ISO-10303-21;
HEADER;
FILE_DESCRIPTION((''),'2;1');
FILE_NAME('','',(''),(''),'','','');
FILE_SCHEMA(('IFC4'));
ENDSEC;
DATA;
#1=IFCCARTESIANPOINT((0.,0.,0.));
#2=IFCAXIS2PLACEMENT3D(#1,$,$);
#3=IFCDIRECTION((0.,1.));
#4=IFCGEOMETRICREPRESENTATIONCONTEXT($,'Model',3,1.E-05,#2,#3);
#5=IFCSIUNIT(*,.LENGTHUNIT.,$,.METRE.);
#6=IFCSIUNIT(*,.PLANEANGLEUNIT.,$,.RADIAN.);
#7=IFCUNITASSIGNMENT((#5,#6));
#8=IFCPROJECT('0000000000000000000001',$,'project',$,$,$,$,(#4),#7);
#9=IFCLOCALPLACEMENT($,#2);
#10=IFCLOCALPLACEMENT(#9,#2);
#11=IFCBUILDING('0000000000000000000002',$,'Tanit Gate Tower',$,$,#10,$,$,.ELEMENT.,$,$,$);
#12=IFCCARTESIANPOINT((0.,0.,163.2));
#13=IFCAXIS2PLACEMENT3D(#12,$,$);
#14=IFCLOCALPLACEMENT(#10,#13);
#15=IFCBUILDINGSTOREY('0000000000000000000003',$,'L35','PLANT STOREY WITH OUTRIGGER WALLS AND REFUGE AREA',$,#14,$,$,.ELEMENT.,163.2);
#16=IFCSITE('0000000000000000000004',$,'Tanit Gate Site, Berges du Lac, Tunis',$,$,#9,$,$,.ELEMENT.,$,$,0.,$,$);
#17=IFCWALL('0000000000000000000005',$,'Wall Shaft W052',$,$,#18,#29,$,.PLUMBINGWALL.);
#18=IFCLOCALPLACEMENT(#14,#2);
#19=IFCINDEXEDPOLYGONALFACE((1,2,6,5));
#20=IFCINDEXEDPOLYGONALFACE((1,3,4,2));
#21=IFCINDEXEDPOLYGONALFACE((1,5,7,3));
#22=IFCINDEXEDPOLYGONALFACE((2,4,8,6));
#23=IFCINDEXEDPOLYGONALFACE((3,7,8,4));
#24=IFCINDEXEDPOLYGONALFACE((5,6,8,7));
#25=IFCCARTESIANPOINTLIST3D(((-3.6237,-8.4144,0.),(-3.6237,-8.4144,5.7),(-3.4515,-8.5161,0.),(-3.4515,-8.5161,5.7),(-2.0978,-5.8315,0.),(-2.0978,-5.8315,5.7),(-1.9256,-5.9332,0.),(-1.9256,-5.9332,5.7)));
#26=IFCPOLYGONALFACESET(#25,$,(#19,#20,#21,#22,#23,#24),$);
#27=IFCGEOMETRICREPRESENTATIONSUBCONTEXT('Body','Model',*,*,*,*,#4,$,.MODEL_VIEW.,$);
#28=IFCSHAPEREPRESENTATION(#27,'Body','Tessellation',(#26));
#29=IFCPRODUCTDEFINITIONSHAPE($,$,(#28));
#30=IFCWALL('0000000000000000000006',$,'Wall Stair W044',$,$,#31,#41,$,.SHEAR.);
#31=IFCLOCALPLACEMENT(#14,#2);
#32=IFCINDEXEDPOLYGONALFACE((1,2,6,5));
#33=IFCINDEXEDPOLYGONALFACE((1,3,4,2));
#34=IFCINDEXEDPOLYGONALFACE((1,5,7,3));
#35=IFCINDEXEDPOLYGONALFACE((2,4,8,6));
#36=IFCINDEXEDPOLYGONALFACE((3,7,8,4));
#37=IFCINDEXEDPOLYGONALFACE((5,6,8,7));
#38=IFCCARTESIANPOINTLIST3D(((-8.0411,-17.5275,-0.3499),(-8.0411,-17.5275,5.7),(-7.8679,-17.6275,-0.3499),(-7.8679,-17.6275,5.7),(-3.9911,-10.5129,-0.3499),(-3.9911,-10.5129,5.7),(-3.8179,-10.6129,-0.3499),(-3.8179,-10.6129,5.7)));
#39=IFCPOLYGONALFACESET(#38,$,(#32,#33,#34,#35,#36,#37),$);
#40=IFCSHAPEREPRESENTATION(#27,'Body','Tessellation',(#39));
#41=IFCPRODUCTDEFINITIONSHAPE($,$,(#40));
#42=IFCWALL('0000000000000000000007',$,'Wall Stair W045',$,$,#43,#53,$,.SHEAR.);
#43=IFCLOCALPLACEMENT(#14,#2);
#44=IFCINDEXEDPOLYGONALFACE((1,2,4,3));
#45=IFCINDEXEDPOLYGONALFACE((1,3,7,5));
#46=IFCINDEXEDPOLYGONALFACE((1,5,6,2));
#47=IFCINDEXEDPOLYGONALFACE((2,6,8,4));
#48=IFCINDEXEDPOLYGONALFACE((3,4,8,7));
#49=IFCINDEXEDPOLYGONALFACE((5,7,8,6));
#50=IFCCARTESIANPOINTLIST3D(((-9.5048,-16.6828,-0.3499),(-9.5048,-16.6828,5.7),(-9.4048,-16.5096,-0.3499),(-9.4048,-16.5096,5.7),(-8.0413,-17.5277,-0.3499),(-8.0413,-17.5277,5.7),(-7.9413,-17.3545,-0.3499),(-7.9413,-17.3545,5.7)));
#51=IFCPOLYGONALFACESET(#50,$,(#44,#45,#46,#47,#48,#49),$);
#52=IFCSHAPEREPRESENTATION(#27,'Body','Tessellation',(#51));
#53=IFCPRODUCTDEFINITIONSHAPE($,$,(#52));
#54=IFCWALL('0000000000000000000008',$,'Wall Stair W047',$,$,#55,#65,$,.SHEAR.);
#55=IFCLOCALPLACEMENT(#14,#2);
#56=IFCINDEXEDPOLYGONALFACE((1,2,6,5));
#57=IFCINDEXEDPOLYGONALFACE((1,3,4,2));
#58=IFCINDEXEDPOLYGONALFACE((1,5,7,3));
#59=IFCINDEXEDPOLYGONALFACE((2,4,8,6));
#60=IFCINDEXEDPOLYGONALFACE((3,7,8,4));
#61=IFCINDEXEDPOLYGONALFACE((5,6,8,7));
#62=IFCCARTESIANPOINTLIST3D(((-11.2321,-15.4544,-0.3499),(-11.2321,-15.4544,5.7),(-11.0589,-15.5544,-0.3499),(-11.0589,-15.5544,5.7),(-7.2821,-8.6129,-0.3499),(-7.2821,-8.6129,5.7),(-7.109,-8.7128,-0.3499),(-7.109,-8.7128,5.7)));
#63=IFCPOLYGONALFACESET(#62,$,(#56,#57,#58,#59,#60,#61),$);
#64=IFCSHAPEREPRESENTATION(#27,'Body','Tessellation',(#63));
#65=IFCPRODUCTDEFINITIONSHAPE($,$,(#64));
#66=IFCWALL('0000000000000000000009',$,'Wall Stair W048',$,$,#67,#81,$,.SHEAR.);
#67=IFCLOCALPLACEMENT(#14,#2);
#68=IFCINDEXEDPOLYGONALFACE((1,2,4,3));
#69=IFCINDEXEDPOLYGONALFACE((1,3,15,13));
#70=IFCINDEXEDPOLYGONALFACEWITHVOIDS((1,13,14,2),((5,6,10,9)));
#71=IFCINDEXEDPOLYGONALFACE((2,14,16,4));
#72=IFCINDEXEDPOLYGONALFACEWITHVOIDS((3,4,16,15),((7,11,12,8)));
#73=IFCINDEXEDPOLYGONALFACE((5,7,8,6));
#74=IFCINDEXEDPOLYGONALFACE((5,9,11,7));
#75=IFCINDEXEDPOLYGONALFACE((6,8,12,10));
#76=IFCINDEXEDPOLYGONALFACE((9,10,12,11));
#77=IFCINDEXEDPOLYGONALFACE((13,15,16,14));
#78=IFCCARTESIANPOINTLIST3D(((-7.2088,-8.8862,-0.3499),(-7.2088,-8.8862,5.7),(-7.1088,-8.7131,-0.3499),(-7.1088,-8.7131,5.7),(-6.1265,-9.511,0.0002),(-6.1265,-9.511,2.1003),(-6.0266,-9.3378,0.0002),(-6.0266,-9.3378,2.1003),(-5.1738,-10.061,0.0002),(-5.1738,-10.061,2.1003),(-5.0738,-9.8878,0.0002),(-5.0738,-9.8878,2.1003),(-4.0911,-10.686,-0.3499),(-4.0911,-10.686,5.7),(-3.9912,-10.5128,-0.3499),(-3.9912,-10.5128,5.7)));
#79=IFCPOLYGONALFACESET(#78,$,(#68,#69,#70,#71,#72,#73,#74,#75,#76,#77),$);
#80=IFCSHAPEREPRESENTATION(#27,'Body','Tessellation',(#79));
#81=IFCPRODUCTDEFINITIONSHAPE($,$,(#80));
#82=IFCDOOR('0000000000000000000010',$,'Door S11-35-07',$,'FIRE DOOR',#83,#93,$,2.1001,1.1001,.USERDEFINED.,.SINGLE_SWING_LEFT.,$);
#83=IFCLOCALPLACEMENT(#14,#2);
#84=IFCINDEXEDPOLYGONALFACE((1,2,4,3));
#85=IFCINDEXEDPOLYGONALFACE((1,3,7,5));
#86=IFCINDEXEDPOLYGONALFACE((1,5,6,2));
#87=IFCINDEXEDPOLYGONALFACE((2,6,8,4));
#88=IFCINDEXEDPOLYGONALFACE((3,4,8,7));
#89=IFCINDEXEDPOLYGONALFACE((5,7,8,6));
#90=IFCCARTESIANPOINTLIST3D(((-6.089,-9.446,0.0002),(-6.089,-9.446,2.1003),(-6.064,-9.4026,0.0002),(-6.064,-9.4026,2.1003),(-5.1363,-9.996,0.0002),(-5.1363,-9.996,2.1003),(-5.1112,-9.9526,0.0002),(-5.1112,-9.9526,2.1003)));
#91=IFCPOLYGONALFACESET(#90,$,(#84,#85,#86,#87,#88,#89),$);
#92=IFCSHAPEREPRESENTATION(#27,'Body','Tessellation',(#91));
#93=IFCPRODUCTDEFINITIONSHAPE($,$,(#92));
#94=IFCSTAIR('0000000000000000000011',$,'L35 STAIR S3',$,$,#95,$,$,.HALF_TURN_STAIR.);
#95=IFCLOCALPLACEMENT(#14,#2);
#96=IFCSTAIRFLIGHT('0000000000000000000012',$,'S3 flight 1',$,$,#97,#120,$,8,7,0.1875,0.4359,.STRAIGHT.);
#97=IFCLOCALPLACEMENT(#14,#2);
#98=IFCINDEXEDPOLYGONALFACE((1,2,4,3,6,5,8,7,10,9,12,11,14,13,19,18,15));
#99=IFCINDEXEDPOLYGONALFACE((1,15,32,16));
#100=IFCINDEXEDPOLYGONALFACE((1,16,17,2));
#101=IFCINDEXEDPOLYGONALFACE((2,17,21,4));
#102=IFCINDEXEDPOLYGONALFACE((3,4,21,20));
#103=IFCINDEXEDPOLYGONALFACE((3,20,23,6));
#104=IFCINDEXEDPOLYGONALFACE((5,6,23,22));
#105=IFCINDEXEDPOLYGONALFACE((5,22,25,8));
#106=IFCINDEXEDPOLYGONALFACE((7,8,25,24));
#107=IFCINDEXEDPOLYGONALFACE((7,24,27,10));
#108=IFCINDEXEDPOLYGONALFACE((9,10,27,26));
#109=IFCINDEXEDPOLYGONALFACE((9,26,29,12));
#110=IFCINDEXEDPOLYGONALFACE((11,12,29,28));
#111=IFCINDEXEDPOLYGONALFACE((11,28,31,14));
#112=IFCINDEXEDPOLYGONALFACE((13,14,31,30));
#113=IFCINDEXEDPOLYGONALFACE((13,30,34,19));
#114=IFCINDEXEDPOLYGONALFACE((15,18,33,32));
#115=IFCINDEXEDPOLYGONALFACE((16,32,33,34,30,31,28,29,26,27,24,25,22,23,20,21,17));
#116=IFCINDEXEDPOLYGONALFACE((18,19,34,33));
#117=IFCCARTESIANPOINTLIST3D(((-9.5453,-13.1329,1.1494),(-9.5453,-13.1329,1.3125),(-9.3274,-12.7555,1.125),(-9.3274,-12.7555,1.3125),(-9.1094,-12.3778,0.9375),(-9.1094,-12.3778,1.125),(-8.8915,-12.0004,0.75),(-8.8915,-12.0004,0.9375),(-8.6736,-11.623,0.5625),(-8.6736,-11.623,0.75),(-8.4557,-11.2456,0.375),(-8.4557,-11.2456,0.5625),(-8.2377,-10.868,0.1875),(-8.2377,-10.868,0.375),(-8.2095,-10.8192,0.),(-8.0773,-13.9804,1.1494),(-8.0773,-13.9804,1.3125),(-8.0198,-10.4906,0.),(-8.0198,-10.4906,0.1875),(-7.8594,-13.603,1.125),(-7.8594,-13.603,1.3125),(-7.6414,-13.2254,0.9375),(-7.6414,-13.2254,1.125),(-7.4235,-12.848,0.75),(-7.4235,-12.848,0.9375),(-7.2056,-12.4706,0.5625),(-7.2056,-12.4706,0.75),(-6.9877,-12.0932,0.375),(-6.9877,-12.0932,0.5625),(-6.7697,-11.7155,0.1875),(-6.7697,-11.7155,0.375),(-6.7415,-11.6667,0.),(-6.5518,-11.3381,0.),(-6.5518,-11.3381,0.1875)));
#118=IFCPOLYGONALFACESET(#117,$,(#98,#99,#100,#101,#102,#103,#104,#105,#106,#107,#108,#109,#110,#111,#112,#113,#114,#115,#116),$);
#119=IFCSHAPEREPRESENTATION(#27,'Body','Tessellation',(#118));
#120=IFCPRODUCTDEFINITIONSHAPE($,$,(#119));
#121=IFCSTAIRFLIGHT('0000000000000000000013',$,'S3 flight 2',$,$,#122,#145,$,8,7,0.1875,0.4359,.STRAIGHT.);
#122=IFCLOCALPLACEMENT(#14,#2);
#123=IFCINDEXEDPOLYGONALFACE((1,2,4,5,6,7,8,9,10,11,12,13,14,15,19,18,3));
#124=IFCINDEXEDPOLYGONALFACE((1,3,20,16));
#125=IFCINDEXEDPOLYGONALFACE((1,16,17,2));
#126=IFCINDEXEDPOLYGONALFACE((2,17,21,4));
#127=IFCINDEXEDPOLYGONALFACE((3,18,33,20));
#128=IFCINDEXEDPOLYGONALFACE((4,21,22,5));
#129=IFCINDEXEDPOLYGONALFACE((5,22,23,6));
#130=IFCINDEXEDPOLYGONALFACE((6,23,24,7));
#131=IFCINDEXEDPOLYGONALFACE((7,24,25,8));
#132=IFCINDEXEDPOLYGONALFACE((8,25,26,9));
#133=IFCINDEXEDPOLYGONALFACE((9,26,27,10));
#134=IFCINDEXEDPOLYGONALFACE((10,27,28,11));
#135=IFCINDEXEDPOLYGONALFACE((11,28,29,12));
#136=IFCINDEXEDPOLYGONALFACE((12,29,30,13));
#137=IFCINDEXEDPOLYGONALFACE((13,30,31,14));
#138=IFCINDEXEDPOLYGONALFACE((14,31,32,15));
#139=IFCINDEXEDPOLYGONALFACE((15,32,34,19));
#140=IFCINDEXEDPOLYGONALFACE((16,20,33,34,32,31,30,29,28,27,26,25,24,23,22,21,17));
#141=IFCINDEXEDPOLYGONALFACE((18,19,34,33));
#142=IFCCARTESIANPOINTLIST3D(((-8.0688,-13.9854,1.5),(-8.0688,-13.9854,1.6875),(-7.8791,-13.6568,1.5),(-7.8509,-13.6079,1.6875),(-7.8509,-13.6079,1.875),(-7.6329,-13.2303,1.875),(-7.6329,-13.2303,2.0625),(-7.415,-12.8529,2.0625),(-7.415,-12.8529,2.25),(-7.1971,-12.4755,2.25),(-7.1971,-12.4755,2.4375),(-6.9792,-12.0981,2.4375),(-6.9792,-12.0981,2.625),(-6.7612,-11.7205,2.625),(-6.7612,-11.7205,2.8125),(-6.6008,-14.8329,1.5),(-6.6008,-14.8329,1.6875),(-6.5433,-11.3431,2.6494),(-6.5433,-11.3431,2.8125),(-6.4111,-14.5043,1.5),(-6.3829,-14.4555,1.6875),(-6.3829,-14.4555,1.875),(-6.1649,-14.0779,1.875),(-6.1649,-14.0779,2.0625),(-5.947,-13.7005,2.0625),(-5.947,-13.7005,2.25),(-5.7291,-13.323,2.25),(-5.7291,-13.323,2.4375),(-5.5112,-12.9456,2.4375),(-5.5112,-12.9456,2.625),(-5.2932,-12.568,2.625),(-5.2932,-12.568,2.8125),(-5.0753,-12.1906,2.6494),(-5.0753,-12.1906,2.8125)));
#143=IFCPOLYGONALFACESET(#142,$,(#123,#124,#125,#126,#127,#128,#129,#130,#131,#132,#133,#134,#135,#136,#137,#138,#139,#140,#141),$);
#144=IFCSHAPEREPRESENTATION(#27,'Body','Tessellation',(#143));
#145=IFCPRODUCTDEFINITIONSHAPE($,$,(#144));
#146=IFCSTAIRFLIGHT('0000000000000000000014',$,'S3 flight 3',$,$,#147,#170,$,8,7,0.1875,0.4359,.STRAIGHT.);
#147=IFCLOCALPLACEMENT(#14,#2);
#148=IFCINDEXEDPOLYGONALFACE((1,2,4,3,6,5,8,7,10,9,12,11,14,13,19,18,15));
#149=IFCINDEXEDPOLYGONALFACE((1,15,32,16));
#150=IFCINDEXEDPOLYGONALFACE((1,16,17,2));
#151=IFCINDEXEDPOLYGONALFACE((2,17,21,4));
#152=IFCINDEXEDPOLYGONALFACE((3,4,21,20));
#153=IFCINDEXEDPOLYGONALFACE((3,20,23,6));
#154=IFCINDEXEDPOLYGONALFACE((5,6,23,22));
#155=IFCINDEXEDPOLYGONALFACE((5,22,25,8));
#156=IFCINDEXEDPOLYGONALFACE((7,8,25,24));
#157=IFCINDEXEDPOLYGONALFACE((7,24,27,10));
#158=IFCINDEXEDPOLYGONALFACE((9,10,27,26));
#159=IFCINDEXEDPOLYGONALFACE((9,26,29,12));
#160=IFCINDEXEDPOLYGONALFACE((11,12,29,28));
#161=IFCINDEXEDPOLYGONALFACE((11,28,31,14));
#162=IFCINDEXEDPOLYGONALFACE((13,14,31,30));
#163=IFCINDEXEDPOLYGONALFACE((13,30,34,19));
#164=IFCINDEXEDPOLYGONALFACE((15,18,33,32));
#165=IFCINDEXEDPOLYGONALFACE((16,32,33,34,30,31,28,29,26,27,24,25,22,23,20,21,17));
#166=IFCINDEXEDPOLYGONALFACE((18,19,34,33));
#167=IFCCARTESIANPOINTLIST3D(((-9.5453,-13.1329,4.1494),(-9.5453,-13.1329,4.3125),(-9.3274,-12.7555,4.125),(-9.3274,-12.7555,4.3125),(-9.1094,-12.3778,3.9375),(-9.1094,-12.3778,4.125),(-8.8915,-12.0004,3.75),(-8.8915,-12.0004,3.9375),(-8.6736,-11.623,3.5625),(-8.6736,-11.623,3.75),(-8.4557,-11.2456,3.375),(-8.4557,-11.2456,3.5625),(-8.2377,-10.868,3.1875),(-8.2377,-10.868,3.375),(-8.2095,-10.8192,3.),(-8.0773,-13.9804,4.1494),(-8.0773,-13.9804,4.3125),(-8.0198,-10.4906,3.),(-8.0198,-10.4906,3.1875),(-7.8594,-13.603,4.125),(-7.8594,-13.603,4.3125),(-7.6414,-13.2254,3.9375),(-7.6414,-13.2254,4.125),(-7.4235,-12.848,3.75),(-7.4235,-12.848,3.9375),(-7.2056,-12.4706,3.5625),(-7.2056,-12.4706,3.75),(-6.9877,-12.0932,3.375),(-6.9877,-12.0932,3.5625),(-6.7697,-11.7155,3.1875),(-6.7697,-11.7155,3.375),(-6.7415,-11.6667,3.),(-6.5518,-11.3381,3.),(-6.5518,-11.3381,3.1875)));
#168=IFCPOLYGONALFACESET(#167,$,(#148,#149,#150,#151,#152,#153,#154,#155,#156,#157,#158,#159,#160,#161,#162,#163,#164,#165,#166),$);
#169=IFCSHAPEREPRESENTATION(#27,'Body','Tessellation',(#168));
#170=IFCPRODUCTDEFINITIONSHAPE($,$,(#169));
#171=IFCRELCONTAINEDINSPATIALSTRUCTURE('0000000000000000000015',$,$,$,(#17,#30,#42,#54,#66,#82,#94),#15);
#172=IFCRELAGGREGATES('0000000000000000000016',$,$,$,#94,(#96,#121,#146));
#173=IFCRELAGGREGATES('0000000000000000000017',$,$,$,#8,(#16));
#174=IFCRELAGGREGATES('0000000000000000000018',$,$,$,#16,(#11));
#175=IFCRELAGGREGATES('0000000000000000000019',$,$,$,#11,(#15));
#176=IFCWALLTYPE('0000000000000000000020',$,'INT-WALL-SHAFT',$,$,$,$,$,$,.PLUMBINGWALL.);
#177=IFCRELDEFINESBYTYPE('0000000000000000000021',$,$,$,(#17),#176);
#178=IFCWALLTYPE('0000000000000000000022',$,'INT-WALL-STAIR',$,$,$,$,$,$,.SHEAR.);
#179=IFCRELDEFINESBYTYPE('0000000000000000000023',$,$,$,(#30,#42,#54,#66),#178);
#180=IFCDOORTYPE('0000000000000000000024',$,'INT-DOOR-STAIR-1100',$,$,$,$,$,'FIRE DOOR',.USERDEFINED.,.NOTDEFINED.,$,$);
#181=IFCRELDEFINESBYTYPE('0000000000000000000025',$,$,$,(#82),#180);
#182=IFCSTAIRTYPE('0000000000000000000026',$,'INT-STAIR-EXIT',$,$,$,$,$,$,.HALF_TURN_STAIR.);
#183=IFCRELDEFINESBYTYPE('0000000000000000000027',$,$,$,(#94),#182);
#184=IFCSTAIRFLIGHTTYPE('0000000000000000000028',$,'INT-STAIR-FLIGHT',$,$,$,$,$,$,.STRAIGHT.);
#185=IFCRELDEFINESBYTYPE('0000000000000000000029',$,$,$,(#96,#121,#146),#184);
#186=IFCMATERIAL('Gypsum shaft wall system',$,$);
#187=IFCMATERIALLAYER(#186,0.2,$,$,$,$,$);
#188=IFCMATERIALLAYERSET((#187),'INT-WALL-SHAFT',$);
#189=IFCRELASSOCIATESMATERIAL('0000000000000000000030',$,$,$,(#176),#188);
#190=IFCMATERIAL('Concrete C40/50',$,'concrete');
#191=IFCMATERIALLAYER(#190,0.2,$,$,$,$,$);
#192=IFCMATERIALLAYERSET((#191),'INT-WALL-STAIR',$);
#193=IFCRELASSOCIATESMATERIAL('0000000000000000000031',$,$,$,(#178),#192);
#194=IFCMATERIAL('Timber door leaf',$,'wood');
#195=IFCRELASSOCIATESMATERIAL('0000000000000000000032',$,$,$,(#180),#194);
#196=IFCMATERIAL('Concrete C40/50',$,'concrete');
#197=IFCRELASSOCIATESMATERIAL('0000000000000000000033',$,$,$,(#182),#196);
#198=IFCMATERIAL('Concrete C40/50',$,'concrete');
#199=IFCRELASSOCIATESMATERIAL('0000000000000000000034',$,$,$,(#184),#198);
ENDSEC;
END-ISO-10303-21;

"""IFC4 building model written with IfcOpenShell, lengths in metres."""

from ifc_helpers import new_model, si_unit, direction, frame, frame_2d, origin, place, context, subcontext, project, spatial, polyline, rectangle, outline, extrude, material, layer, layer_set, type_object, element, fill, aggregate, save


model = new_model("IFC4")

# Units and contexts
model_context = context("Model", 3, precision=1e-05, world=origin(), true_north=direction((0.0, 1.0)))
body_context = subcontext(model_context, "Body", "Model", "MODEL_VIEW")
ifc_project = project(units=[si_unit("LENGTHUNIT", "METRE"), si_unit("PLANEANGLEUNIT", "RADIAN")], contexts=[model_context])

# Site, building, storey
site_placement = place(None, origin())
site = spatial("IfcSite", under=ifc_project, at=site_placement, Name="Tanit Gate Site, Berges du Lac, Tunis", CompositionType="ELEMENT", RefElevation=0.0)
building_placement = place(site_placement, origin())
building = spatial("IfcBuilding", under=site, at=building_placement, Name="Tanit Gate Tower", CompositionType="ELEMENT")
storey_placement = place(building_placement, frame((0.0, 0.0, 163.2)))
storey = spatial("IfcBuildingStorey", under=building, at=storey_placement, Name="L35", Description="PLANT STOREY WITH OUTRIGGER WALLS AND REFUGE AREA", CompositionType="ELEMENT", Elevation=163.2)

# Shared definitions
ifc_material_1 = material(Name="Gypsum shaft wall system")
ifc_layer_1 = layer(ifc_material_1, 0.2)
ifc_layer_set_1 = layer_set([ifc_layer_1], Name="INT-WALL-SHAFT")
wall_type_1 = type_object("IfcWallType", Name="INT-WALL-SHAFT", PredefinedType="PLUMBINGWALL", material=ifc_layer_set_1)

# Walls
wall_1_placement = place(storey_placement, frame((-2.0117, -5.8823, 0.0), z_axis=(0.0, 0.0, 1.0), x_axis=(-0.50862, -0.860991, 0.0)))
element("IfcWall", 1, at=wall_1_placement, inside=storey, type_object=wall_type_1, Name="Wall Shaft W052", PredefinedType="PLUMBINGWALL", context=body_context, shape_type="SweptSolid", body=[
    extrude(rectangle(XDim=3.0, YDim=0.2, at=frame_2d((1.5, 0.0))), origin(), (0.0, 0.0, 1.0), 5.7),
])
ifc_material_2 = material(Name="Concrete C40/50", Category="concrete")
ifc_layer_2 = layer(ifc_material_2, 0.2)
ifc_layer_set_2 = layer_set([ifc_layer_2], Name="INT-WALL-STAIR")
wall_type_2 = type_object("IfcWallType", Name="INT-WALL-STAIR", PredefinedType="SHEAR", material=ifc_layer_set_2)
wall_2_placement = place(storey_placement, frame((-3.9045, -10.563, -0.3499), z_axis=(0.0, 0.0, 1.0), x_axis=(-0.500013, -0.866018, 0.0)))
element("IfcWall", 2, at=wall_2_placement, inside=storey, type_object=wall_type_2, Name="Wall Stair W044", PredefinedType="SHEAR", context=body_context, shape_type="SweptSolid", body=[
    extrude(rectangle(XDim=8.0999, YDim=0.2, at=frame_2d((4.0498, 0.0))), origin(), (0.0, 0.0, 1.0), 6.0498),
])
wall_3_placement = place(storey_placement, frame((-9.4548, -16.5962, -0.3499), z_axis=(0.0, 0.0, 1.0), x_axis=(0.866039, -0.499977, 0.0)))
element("IfcWall", 3, at=wall_3_placement, inside=storey, type_object=wall_type_2, Name="Wall Stair W045", PredefinedType="SHEAR", context=body_context, shape_type="SweptSolid", body=[
    extrude(rectangle(XDim=1.6899, YDim=0.2, at=frame_2d((0.845, 0.0))), origin(), (0.0, 0.0, 1.0), 6.0498),
])
wall_4_placement = place(storey_placement, frame((-7.1956, -8.6628, -0.3499), z_axis=(0.0, 0.0, 1.0), x_axis=(-0.499998, -0.866027, 0.0)))
element("IfcWall", 4, at=wall_4_placement, inside=storey, type_object=wall_type_2, Name="Wall Stair W047", PredefinedType="SHEAR", context=body_context, shape_type="SweptSolid", body=[
    extrude(rectangle(XDim=7.8999, YDim=0.2, at=frame_2d((3.95, 0.0))), origin(), (0.0, 0.0, 1.0), 6.0498),
])

# Wall, opening, door
wall_5_placement = place(storey_placement, frame((-4.0413, -10.5994, -0.3499), z_axis=(0.0, 0.0, 1.0), x_axis=(-0.866048, 0.499961, 0.0)))
wall_5 = element("IfcWall", 5, at=wall_5_placement, inside=storey, type_object=wall_type_2, Name="Wall Stair W048", PredefinedType="SHEAR", context=body_context, shape_type="SweptSolid", body=[
    extrude(rectangle(XDim=3.5999, YDim=0.2, at=frame_2d((1.7998, 0.0))), origin(), (0.0, 0.0, 1.0), 6.0498),
])
opening_1_placement = place(wall_5_placement, frame((1.25, 0.0, 0.3501)))
opening_1 = element("IfcOpeningElement", 6, at=opening_1_placement, cuts=wall_5, PredefinedType="OPENING", context=body_context, shape_type="SweptSolid", body=[
    extrude(rectangle(XDim=1.1001, YDim=2.1001, at=frame_2d((0.55, 1.05))), frame((0.0, 0.1099, 0.0), z_axis=(0.0, -1.0, 0.0), x_axis=(1.0, 0.0, 0.0)), (0.0, 0.0, 1.0), 0.22),
])
ifc_material_3 = material(Name="Timber door leaf", Category="wood")
door_type_1 = type_object("IfcDoorType", Name="INT-DOOR-STAIR-1100", ElementType="FIRE DOOR", OperationType="NOTDEFINED", PredefinedType="USERDEFINED", material=ifc_material_3)
door_1_placement = place(opening_1_placement, origin())
door_1 = element("IfcDoor", 7, at=door_1_placement, inside=storey, type_object=door_type_1, Name="Door S11-35-07", ObjectType="FIRE DOOR", OperationType="SINGLE_SWING_LEFT", OverallHeight=2.1001, OverallWidth=1.1001, PredefinedType="USERDEFINED", context=body_context, shape_type="SweptSolid", body=[
    extrude(rectangle(XDim=1.1001, YDim=2.1001, at=frame_2d((0.55, 1.05))), frame((0.0, 0.0249, 0.0), z_axis=(0.0, -1.0, 0.0), x_axis=(1.0, 0.0, 0.0)), (0.0, 0.0, 1.0), 0.05),
])
fill(opening_1, door_1)

# Stair, stair flights
ifc_material_4 = material(Name="Concrete C40/50", Category="concrete")
stair_type = type_object("IfcStairType", Name="INT-STAIR-EXIT", PredefinedType="HALF_TURN_STAIR", material=ifc_material_4)
stair_placement = place(storey_placement, origin())
stair = element("IfcStair", 8, at=stair_placement, inside=storey, type_object=stair_type, Name="L35 STAIR S3", PredefinedType="HALF_TURN_STAIR")
ifc_material_5 = material(Name="Concrete C40/50", Category="concrete")
stair_flight_type = type_object("IfcStairFlightType", Name="INT-STAIR-FLIGHT", PredefinedType="STRAIGHT", material=ifc_material_5)
stair_flight_1_placement = place(storey_placement, frame((-7.2859, -10.9143, 0.0), z_axis=(0.0, 0.0, 1.0), x_axis=(-0.5, -0.866025, 0.0)))
stair_flight_1 = element("IfcStairFlight", 9, at=stair_flight_1_placement, type_object=stair_flight_type, Name="S3 flight 1", NumberOfRisers=8, NumberOfTreads=7, PredefinedType="STRAIGHT", RiserHeight=0.1875, TreadLength=0.4359, context=body_context, shape_type="SweptSolid", body=[
    extrude(outline(polyline([(0.0, 0.0), (0.0, 0.1875), (0.4358, 0.1875), (0.4358, 0.375), (0.8718, 0.375), (0.8718, 0.5625), (1.3076, 0.5625), (1.3076, 0.75), (1.7434, 0.75), (1.7434, 0.9375), (2.1792, 0.9375), (2.1792, 1.125), (2.6152, 1.125), (2.6152, 1.3125), (3.051, 1.3125), (3.051, 1.5), (3.051, 1.1494), (0.3794, 0.0), (0.0, 0.0)])), frame((0.0, 0.8477, 0.0), z_axis=(0.0, -1.0, 0.0), x_axis=(1.0, 0.0, 0.0)), (0.0, 0.0, 1.0), 1.6951),
])
stair_flight_2_placement = place(storey_placement, frame((-7.3347, -14.4092, 1.5), z_axis=(0.0, 0.0, 1.0), x_axis=(0.5, 0.866025, 0.0)))
stair_flight_2 = element("IfcStairFlight", 10, at=stair_flight_2_placement, type_object=stair_flight_type, Name="S3 flight 2", NumberOfRisers=8, NumberOfTreads=7, PredefinedType="STRAIGHT", RiserHeight=0.1875, TreadLength=0.4359, context=body_context, shape_type="SweptSolid", body=[
    extrude(outline(polyline([(0.0, 0.0), (0.0, 0.1875), (0.4358, 0.1875), (0.4358, 0.375), (0.8718, 0.375), (0.8718, 0.5625), (1.3076, 0.5625), (1.3076, 0.75), (1.7434, 0.75), (1.7434, 0.9375), (2.1792, 0.9375), (2.1792, 1.125), (2.6152, 1.125), (2.6152, 1.3125), (3.051, 1.3125), (3.051, 1.5), (3.051, 1.1494), (0.3794, 0.0), (0.0, 0.0)])), frame((0.0, 0.8477, 0.0), z_axis=(0.0, -1.0, 0.0), x_axis=(1.0, 0.0, 0.0)), (0.0, 0.0, 1.0), 1.6951),
])
stair_flight_3_placement = place(storey_placement, frame((-7.2859, -10.9143, 3.0), z_axis=(0.0, 0.0, 1.0), x_axis=(-0.5, -0.866025, 0.0)))
stair_flight_3 = element("IfcStairFlight", 11, at=stair_flight_3_placement, type_object=stair_flight_type, Name="S3 flight 3", NumberOfRisers=8, NumberOfTreads=7, PredefinedType="STRAIGHT", RiserHeight=0.1875, TreadLength=0.4359, context=body_context, shape_type="SweptSolid", body=[
    extrude(outline(polyline([(0.0, 0.0), (0.0, 0.1875), (0.4358, 0.1875), (0.4358, 0.375), (0.8718, 0.375), (0.8718, 0.5625), (1.3076, 0.5625), (1.3076, 0.75), (1.7434, 0.75), (1.7434, 0.9375), (2.1792, 0.9375), (2.1792, 1.125), (2.6152, 1.125), (2.6152, 1.3125), (3.051, 1.3125), (3.051, 1.5), (3.051, 1.1494), (0.3794, 0.0), (0.0, 0.0)])), frame((0.0, 0.8477, 0.0), z_axis=(0.0, -1.0, 0.0), x_axis=(1.0, 0.0, 0.0)), (0.0, 0.0, 1.0), 1.6951),
])
aggregate(stair, [stair_flight_1, stair_flight_2, stair_flight_3])

save(model, "model.ifc")
